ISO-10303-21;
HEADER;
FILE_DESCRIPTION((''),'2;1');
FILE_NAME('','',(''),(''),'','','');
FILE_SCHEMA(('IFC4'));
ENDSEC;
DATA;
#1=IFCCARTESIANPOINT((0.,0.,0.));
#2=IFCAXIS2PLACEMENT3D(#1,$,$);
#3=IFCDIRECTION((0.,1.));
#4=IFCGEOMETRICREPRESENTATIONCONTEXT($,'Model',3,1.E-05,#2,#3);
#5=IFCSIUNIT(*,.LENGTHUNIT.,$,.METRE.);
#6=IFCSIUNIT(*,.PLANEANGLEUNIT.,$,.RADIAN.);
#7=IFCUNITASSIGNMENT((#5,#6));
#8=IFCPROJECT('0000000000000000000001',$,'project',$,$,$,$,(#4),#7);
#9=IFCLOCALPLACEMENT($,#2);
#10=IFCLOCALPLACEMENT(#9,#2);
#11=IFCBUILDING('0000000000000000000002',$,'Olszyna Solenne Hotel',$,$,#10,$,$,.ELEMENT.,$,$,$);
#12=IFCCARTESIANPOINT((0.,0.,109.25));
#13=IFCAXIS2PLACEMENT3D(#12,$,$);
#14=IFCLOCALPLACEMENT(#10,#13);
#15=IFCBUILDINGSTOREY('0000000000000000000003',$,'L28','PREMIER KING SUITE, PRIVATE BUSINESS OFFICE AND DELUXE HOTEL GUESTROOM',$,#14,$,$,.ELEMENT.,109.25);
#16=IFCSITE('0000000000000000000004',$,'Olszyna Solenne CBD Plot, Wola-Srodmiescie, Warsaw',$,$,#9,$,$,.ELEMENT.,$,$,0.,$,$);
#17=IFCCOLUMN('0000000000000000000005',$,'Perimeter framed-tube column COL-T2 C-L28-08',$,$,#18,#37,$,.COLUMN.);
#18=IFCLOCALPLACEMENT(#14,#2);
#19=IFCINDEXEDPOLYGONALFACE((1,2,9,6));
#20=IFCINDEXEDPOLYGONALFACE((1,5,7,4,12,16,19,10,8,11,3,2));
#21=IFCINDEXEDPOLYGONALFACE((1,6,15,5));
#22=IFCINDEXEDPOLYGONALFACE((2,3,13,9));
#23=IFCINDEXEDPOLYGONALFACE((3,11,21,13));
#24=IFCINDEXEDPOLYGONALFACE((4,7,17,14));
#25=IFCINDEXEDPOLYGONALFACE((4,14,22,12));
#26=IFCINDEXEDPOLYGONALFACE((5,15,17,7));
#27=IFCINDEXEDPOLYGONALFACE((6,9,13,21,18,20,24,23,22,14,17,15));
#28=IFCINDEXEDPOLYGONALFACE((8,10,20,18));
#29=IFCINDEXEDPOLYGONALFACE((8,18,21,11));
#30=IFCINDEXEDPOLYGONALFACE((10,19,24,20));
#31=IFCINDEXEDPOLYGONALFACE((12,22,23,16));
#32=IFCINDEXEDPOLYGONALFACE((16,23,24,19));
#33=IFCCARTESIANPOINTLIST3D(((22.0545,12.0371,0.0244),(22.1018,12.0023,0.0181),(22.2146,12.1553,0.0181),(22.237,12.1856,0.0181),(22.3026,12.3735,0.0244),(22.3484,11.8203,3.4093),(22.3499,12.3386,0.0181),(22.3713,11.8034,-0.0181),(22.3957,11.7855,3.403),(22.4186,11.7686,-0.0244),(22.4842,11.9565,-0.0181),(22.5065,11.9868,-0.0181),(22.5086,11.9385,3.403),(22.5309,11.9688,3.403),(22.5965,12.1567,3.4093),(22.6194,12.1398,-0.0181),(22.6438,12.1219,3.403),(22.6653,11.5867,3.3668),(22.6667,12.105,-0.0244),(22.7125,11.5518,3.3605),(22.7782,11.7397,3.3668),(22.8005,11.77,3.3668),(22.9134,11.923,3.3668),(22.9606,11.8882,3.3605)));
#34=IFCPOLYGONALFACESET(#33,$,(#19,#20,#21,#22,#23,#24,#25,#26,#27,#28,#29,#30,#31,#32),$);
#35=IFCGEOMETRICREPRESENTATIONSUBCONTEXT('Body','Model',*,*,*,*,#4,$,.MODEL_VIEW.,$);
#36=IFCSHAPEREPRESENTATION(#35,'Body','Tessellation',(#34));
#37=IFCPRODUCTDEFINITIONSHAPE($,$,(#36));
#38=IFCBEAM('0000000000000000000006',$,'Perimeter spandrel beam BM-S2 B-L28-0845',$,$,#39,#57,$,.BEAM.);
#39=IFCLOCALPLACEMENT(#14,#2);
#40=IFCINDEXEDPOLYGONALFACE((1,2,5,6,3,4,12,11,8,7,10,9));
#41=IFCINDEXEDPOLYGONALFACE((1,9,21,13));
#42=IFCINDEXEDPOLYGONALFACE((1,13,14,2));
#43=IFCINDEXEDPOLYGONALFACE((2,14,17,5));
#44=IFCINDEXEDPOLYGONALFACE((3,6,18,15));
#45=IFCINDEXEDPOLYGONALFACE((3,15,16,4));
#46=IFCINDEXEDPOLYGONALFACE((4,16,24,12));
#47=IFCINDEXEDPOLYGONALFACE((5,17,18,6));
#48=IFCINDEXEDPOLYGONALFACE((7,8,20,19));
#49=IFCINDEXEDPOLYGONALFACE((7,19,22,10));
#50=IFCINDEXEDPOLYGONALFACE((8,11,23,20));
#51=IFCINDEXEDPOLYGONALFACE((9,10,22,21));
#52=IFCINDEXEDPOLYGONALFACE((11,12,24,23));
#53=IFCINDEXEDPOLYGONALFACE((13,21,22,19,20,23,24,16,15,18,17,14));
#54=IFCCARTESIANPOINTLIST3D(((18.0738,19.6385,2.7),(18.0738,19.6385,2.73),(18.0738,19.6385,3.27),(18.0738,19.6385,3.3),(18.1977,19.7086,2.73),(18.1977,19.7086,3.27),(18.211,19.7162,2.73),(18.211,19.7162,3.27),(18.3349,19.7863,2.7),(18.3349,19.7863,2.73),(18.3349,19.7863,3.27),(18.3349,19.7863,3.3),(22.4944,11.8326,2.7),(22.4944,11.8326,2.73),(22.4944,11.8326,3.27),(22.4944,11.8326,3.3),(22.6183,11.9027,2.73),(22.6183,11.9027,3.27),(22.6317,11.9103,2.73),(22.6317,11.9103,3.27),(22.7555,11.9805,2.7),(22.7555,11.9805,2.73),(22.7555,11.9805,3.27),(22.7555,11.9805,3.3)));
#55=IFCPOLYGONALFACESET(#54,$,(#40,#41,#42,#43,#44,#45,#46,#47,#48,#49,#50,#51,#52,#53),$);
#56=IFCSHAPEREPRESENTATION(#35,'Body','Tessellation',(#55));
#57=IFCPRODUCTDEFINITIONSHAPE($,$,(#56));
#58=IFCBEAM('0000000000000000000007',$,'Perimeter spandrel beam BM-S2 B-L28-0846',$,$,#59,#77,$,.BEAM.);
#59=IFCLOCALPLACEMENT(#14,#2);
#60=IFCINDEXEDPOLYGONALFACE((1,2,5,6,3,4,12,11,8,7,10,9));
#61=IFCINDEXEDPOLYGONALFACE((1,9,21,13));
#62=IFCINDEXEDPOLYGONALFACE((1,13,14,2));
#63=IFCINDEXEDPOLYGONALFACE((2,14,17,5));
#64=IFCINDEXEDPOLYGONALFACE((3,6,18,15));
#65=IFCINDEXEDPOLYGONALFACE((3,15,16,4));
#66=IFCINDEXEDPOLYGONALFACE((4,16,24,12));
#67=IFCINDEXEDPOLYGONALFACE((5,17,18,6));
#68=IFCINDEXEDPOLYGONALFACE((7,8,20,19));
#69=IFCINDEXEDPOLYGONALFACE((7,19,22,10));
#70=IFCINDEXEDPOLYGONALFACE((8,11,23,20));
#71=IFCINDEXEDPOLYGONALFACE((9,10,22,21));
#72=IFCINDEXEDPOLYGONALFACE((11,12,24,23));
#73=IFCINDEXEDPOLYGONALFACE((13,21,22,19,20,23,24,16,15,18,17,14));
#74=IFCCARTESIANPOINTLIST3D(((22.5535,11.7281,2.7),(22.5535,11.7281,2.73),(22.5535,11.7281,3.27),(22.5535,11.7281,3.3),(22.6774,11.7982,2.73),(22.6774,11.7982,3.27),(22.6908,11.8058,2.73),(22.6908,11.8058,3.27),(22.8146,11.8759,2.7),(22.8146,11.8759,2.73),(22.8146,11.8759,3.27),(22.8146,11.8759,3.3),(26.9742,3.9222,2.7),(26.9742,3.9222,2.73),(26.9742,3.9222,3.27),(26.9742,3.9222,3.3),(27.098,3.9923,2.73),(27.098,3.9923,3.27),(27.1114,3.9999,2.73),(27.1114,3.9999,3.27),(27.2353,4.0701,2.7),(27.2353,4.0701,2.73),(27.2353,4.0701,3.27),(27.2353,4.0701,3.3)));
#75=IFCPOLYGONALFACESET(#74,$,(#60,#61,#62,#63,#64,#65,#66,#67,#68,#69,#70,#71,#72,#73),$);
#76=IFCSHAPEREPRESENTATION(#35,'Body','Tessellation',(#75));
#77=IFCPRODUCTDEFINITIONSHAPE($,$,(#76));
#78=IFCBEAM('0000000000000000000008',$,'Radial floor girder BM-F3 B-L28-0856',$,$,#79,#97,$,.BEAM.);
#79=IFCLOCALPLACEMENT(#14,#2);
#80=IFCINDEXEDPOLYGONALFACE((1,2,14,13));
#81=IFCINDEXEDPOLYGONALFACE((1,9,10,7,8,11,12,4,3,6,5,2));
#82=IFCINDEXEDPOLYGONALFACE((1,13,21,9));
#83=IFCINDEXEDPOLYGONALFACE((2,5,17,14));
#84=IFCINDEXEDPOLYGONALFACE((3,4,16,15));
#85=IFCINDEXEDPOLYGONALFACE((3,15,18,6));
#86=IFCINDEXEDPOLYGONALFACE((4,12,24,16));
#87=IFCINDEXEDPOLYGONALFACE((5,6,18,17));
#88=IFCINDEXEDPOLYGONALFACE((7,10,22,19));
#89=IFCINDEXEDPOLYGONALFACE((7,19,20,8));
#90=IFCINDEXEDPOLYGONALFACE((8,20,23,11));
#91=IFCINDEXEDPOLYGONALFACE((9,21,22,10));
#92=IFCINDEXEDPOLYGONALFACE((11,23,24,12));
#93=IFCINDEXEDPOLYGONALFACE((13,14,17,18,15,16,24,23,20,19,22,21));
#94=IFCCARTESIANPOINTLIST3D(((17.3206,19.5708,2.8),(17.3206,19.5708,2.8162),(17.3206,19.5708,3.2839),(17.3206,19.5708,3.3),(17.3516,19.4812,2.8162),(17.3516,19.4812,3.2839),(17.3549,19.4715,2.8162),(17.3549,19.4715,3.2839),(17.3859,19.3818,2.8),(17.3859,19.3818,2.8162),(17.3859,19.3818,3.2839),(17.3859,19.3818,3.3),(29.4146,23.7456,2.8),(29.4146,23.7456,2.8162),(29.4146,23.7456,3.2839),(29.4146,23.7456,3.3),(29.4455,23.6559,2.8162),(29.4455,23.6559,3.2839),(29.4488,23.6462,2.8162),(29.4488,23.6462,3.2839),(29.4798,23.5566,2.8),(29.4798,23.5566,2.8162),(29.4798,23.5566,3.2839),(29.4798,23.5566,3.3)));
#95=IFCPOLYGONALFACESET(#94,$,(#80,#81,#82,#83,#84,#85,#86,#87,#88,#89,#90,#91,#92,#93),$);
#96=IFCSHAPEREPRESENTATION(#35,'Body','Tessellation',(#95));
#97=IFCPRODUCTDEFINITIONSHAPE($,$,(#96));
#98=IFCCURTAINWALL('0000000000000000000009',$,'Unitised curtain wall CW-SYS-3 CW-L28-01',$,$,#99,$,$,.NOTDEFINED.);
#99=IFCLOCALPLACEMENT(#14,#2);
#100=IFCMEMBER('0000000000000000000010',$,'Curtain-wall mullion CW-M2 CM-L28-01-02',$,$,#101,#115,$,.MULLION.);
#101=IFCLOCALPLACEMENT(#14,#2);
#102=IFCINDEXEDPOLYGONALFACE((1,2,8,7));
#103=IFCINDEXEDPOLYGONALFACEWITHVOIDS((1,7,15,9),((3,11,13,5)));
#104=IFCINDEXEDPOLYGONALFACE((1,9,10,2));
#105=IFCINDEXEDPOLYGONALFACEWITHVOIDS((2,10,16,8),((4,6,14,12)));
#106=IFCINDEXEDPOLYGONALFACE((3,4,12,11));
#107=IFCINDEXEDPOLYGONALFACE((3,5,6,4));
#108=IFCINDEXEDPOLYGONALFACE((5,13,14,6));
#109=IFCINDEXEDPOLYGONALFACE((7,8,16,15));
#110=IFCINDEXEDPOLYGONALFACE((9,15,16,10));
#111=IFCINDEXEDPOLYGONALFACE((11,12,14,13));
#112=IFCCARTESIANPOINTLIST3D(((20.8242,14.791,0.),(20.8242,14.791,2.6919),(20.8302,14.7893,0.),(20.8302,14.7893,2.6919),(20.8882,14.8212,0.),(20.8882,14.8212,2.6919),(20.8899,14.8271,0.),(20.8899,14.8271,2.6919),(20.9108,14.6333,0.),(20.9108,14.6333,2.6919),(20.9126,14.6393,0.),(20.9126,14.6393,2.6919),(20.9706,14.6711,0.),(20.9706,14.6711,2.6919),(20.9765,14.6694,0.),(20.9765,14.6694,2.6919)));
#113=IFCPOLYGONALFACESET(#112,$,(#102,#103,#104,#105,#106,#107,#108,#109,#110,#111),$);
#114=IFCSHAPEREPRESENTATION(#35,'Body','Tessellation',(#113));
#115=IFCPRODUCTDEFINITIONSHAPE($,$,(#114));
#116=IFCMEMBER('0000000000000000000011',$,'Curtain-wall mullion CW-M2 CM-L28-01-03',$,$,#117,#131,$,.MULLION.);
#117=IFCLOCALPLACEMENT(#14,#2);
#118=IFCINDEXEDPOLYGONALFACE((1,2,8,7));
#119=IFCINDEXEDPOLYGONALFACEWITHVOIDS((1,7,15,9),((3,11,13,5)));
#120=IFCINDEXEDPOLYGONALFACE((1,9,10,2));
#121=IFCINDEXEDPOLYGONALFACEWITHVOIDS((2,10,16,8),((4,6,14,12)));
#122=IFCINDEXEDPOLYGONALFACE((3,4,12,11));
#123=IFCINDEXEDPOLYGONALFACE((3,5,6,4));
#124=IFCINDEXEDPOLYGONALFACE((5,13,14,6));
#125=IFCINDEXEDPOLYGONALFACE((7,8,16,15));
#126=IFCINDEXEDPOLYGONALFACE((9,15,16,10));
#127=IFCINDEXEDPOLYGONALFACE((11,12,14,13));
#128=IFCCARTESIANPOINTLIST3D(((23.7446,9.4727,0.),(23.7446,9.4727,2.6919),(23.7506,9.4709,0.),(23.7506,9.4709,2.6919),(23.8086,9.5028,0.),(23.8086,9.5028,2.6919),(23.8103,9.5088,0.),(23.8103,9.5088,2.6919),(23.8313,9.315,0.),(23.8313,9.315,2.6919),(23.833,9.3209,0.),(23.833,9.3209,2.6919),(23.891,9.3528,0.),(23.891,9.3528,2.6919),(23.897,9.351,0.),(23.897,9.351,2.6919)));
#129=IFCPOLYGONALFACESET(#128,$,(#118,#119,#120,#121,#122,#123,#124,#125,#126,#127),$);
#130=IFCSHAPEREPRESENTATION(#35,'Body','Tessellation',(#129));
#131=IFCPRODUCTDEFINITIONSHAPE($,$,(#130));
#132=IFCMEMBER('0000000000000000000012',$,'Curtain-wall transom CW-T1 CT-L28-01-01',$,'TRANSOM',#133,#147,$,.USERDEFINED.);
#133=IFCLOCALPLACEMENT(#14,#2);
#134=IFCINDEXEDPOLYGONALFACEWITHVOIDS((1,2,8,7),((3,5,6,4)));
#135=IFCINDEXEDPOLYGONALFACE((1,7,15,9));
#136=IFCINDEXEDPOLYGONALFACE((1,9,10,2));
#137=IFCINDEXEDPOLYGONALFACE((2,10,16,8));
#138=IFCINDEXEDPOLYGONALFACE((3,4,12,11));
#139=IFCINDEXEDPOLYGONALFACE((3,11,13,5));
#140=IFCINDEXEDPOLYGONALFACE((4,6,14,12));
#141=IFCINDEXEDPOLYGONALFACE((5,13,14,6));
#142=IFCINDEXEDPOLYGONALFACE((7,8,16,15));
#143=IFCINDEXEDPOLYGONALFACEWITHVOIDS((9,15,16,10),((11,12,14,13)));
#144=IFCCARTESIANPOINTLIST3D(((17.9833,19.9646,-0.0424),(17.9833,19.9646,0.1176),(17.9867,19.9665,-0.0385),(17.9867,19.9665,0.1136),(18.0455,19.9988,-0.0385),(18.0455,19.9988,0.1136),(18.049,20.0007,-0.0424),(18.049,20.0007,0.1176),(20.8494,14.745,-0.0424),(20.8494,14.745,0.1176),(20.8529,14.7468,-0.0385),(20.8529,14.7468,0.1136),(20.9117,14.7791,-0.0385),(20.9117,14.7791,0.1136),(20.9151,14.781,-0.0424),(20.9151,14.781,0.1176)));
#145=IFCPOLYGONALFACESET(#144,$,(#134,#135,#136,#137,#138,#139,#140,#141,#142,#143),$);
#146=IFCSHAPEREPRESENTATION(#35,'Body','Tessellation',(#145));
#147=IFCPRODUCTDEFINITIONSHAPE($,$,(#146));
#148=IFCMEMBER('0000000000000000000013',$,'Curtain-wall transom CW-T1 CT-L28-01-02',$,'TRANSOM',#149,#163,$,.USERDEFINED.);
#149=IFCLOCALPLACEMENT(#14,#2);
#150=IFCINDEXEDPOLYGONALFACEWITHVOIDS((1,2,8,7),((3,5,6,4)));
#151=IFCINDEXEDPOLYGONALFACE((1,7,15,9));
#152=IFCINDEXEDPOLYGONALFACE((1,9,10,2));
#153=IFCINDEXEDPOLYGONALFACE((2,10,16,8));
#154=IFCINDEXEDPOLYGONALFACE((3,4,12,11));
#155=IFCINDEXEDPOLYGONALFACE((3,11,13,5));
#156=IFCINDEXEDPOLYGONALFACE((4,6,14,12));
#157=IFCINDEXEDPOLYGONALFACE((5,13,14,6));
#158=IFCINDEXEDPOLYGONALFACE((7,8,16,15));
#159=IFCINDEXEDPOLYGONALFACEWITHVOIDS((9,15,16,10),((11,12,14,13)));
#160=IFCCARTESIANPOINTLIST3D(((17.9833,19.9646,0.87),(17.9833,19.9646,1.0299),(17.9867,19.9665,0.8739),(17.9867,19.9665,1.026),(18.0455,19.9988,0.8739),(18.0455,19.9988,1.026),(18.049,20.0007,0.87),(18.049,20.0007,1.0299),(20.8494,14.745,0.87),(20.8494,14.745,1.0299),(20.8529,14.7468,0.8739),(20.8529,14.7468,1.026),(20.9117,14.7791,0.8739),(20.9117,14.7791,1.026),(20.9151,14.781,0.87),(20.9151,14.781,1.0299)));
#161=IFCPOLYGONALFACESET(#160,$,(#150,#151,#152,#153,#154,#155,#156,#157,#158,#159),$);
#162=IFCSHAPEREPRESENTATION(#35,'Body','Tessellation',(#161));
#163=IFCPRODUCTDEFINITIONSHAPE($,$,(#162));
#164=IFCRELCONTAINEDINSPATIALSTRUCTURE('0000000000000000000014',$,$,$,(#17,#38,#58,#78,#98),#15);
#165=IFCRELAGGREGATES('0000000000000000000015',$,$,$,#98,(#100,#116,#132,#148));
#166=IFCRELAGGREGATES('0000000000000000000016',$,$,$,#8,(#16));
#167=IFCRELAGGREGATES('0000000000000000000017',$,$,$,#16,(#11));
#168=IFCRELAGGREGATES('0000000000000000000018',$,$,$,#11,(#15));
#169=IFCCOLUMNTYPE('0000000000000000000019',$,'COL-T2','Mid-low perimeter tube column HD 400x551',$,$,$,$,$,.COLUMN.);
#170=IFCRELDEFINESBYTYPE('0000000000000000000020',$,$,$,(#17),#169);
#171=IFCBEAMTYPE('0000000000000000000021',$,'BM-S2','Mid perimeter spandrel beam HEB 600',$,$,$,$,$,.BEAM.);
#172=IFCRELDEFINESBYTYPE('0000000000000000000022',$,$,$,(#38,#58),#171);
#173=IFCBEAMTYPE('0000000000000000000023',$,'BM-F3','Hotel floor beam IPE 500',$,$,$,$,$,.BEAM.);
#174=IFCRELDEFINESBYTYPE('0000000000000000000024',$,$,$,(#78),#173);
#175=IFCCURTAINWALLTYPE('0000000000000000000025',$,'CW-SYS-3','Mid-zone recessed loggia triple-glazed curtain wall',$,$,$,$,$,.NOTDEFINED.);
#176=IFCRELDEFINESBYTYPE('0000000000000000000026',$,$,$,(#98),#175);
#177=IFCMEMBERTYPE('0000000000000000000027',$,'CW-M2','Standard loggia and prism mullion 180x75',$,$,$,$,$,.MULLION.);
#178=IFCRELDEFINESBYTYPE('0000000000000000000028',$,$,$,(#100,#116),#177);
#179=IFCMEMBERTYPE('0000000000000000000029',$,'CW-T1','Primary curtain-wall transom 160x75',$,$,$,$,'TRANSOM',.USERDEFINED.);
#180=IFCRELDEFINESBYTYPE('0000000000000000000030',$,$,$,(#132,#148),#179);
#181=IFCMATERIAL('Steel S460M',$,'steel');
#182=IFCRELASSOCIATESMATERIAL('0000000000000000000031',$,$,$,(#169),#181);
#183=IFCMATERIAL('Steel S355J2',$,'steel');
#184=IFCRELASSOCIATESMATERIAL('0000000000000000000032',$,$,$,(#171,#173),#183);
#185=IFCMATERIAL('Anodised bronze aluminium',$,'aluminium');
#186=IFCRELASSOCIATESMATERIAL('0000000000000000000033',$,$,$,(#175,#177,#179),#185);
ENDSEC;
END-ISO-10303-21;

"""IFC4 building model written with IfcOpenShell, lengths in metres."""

from ifc_helpers import new_model, si_unit, direction, frame, origin, origin_2d, place, context, subcontext, project, spatial, hollow_rectangle, i_section, extrude, source, transform, mapped, material, material_profile, profile_set, type_object, element, aggregate, save


model = new_model("IFC4")

# Units and contexts
model_context = context("Model", 3, precision=1e-05, world=origin(), true_north=direction((0.0, 1.0)))
body_context = subcontext(model_context, "Body", "Model", "MODEL_VIEW")
ifc_project = project(units=[si_unit("LENGTHUNIT", "METRE"), si_unit("PLANEANGLEUNIT", "RADIAN")], contexts=[model_context])

# Site, building, storey
site_placement = place(None, origin())
site = spatial("IfcSite", under=ifc_project, at=site_placement, Name="Olszyna Solenne CBD Plot, Wola-Srodmiescie, Warsaw", CompositionType="ELEMENT", RefElevation=0.0)
building_placement = place(site_placement, origin())
building = spatial("IfcBuilding", under=site, at=building_placement, Name="Olszyna Solenne Hotel", CompositionType="ELEMENT")
storey_placement = place(building_placement, frame((0.0, 0.0, 109.25)))
storey = spatial("IfcBuildingStorey", under=building, at=storey_placement, Name="L28", Description="PREMIER KING SUITE, PRIVATE BUSINESS OFFICE AND DELUXE HOTEL GUESTROOM", CompositionType="ELEMENT", Elevation=109.25)

# Column
ifc_material_1 = material(Name="Steel S460M", Category="steel")
ifc_material_profile_1 = material_profile(ifc_material_1, i_section(OverallWidth=0.418, OverallDepth=0.4551, WebThickness=0.0376, FlangeThickness=0.0591, at=origin_2d()), Name="HD 400x551", Category="load-bearing")
ifc_profile_set_1 = profile_set([ifc_material_profile_1], Name="Steel S460M")
column_type = type_object("IfcColumnType", Name="COL-T2", Description="Mid-low perimeter tube column HD 400x551", PredefinedType="COLUMN", material=ifc_profile_set_1)
shared_shape_1 = source(origin(), body_context, "Body", "SweptSolid", [
    extrude(i_section(OverallWidth=0.418, OverallDepth=0.4551, WebThickness=0.0376, FlangeThickness=0.0591, at=origin_2d()), origin(), (0.0, 0.0, 1.0), 3.4045),
])
column_placement = place(storey_placement, frame((22.3606, 12.071, 0.0), z_axis=(0.086336, -0.063677, 0.994229), x_axis=(0.593564, 0.804787, 0.0)))
element("IfcColumn", 1, at=column_placement, inside=storey, type_object=column_type, Name="Perimeter framed-tube column COL-T2 C-L28-08", PredefinedType="COLUMN", context=body_context, shape_type="MappedRepresentation", body=[
    mapped(shared_shape_1, transform((0.0, 0.0, 0.0), x_axis=(1.0, 0.0, 0.0), y_axis=(0.0, 1.0, 0.0), z_axis=(0.0, 0.0, 1.0), scale=1.0)),
])

# Beams
ifc_material_2 = material(Name="Steel S355J2", Category="steel")
ifc_material_profile_2 = material_profile(ifc_material_2, i_section(OverallWidth=0.3, OverallDepth=0.6001, WebThickness=0.0154, FlangeThickness=0.03, at=origin_2d()), Name="HEB 600", Category="load-bearing")
ifc_profile_set_2 = profile_set([ifc_material_profile_2], Name="Steel S355J2")
beam_type_1 = type_object("IfcBeamType", Name="BM-S2", Description="Mid perimeter spandrel beam HEB 600", PredefinedType="BEAM", material=ifc_profile_set_2)
shared_shape_2 = source(origin(), body_context, "Body", "SweptSolid", [
    extrude(i_section(OverallWidth=0.3, OverallDepth=0.6001, WebThickness=0.0154, FlangeThickness=0.03, at=origin_2d()), origin(), (0.0, 0.0, 1.0), 8.9707),
])
for number, where, z_axis, x_axis, name in (
    (2, (18.2043, 19.7124, 3.0), (0.492785, -0.870151, 0.0), (0.870151, 0.492785, 0.0), "Perimeter spandrel beam BM-S2 B-L28-0845"),
    (3, (22.6841, 11.802, 3.0), (0.492785, -0.870151, 0.0), (0.870151, 0.492785, 0.0), "Perimeter spandrel beam BM-S2 B-L28-0846"),
):
    element("IfcBeam", number, at=place(storey_placement, frame(where, z_axis=z_axis, x_axis=x_axis)), inside=storey, type_object=beam_type_1, Name=name, PredefinedType="BEAM", context=body_context, shape_type="MappedRepresentation", body=[
        mapped(shared_shape_2, transform((0.0, 0.0, 0.0), x_axis=(1.0, 0.0, 0.0), y_axis=(0.0, 1.0, 0.0), z_axis=(0.0, 0.0, 1.0), scale=1.0)),
    ])
ifc_material_profile_3 = material_profile(ifc_material_2, i_section(OverallWidth=0.2, OverallDepth=0.5, WebThickness=0.0103, FlangeThickness=0.0161, at=origin_2d()), Name="IPE 500", Category="load-bearing")
ifc_profile_set_3 = profile_set([ifc_material_profile_3], Name="Steel S355J2")
beam_type_2 = type_object("IfcBeamType", Name="BM-F3", Description="Hotel floor beam IPE 500", PredefinedType="BEAM", material=ifc_profile_set_3)
shared_shape_3 = source(origin(), body_context, "Body", "SweptSolid", [
    extrude(i_section(OverallWidth=0.2, OverallDepth=0.5, WebThickness=0.0103, FlangeThickness=0.0161, at=origin_2d()), origin(), (0.0, 0.0, 1.0), 12.7942),
])
beam_placement = place(storey_placement, frame((17.3533, 19.4763, 3.05), z_axis=(0.945265, 0.326302, 0.0), x_axis=(-0.326302, 0.945265, 0.0)))
element("IfcBeam", 4, at=beam_placement, inside=storey, type_object=beam_type_2, Name="Radial floor girder BM-F3 B-L28-0856", PredefinedType="BEAM", context=body_context, shape_type="MappedRepresentation", body=[
    mapped(shared_shape_3, transform((0.0, 0.0, 0.0), x_axis=(1.0, 0.0, 0.0), y_axis=(0.0, 1.0, 0.0), z_axis=(0.0, 0.0, 1.0), scale=1.0)),
])

# Curtain wall, members
ifc_material_3 = material(Name="Anodised bronze aluminium", Category="aluminium")
curtain_wall_type = type_object("IfcCurtainWallType", Name="CW-SYS-3", Description="Mid-zone recessed loggia triple-glazed curtain wall", PredefinedType="NOTDEFINED", material=ifc_material_3)
curtain_wall_placement = place(storey_placement, origin())
curtain_wall = element("IfcCurtainWall", 5, at=curtain_wall_placement, inside=storey, type_object=curtain_wall_type, Name="Unitised curtain wall CW-SYS-3 CW-L28-01", PredefinedType="NOTDEFINED")
ifc_material_profile_4 = material_profile(ifc_material_3, hollow_rectangle(XDim=0.075, YDim=0.1799, WallThickness=0.0044, at=origin_2d()), Name="MULL 180x75x4.5", Category="load-bearing")
ifc_profile_set_4 = profile_set([ifc_material_profile_4], Name="Anodised bronze aluminium")
member_type_1 = type_object("IfcMemberType", Name="CW-M2", Description="Standard loggia and prism mullion 180x75", PredefinedType="MULLION", material=ifc_profile_set_4)
shared_shape_4 = source(origin(), body_context, "Body", "SweptSolid", [
    extrude(hollow_rectangle(XDim=0.075, YDim=0.1799, WallThickness=0.0044, at=origin_2d()), origin(), (0.0, 0.0, 1.0), 2.6919),
])
member_1_placement = place(storey_placement, frame((20.9004, 14.7302, 0.0), z_axis=(0.0, 0.0, 1.0), x_axis=(0.876535, 0.481338, 0.0)))
member_1 = element("IfcMember", 6, at=member_1_placement, type_object=member_type_1, Name="Curtain-wall mullion CW-M2 CM-L28-01-02", PredefinedType="MULLION", context=body_context, shape_type="MappedRepresentation", body=[
    mapped(shared_shape_4, transform((0.0, 0.0, 0.0), x_axis=(1.0, 0.0, 0.0), y_axis=(0.0, 1.0, 0.0), z_axis=(0.0, 0.0, 1.0), scale=1.0)),
])
member_2_placement = place(storey_placement, frame((23.8208, 9.4119, 0.0), z_axis=(0.0, 0.0, 1.0), x_axis=(0.876535, 0.481338, 0.0)))
member_2 = element("IfcMember", 7, at=member_2_placement, type_object=member_type_1, Name="Curtain-wall mullion CW-M2 CM-L28-01-03", PredefinedType="MULLION", context=body_context, shape_type="MappedRepresentation", body=[
    mapped(shared_shape_4, transform((0.0, 0.0, 0.0), x_axis=(1.0, 0.0, 0.0), y_axis=(0.0, 1.0, 0.0), z_axis=(0.0, 0.0, 1.0), scale=1.0)),
])
ifc_material_profile_5 = material_profile(ifc_material_3, hollow_rectangle(XDim=0.075, YDim=0.1599, WallThickness=0.0039, at=origin_2d()), Name="TRAN 160x75x4", Category="load-bearing")
ifc_profile_set_5 = profile_set([ifc_material_profile_5], Name="Anodised bronze aluminium")
member_type_2 = type_object("IfcMemberType", Name="CW-T1", Description="Primary curtain-wall transom 160x75", ElementType="TRANSOM", PredefinedType="USERDEFINED", material=ifc_profile_set_5)
shared_shape_5 = source(origin(), body_context, "Body", "SweptSolid", [
    extrude(hollow_rectangle(XDim=0.075, YDim=0.1599, WallThickness=0.0039, at=origin_2d()), origin(), (0.0, 0.0, 1.0), 5.9548),
])
member_3_placement = place(storey_placement, frame((18.0161, 19.9827, 0.0376), z_axis=(0.481321, -0.876545, 0.0), x_axis=(0.876545, 0.481321, 0.0)))
member_3 = element("IfcMember", 8, at=member_3_placement, type_object=member_type_2, Name="Curtain-wall transom CW-T1 CT-L28-01-01", ObjectType="TRANSOM", PredefinedType="USERDEFINED", context=body_context, shape_type="MappedRepresentation", body=[
    mapped(shared_shape_5, transform((0.0, 0.0, 0.0), x_axis=(1.0, 0.0, 0.0), y_axis=(0.0, 1.0, 0.0), z_axis=(0.0, 0.0, 1.0), scale=1.0)),
])
member_4_placement = place(storey_placement, frame((18.0161, 19.9827, 0.95), z_axis=(0.481321, -0.876545, 0.0), x_axis=(0.876545, 0.481321, 0.0)))
member_4 = element("IfcMember", 9, at=member_4_placement, type_object=member_type_2, Name="Curtain-wall transom CW-T1 CT-L28-01-02", ObjectType="TRANSOM", PredefinedType="USERDEFINED", context=body_context, shape_type="MappedRepresentation", body=[
    mapped(shared_shape_5, transform((0.0, 0.0, 0.0), x_axis=(1.0, 0.0, 0.0), y_axis=(0.0, 1.0, 0.0), z_axis=(0.0, 0.0, 1.0), scale=1.0)),
])

aggregate(curtain_wall, [member_1, member_2, member_3, member_4])

save(model, "model.ifc")
